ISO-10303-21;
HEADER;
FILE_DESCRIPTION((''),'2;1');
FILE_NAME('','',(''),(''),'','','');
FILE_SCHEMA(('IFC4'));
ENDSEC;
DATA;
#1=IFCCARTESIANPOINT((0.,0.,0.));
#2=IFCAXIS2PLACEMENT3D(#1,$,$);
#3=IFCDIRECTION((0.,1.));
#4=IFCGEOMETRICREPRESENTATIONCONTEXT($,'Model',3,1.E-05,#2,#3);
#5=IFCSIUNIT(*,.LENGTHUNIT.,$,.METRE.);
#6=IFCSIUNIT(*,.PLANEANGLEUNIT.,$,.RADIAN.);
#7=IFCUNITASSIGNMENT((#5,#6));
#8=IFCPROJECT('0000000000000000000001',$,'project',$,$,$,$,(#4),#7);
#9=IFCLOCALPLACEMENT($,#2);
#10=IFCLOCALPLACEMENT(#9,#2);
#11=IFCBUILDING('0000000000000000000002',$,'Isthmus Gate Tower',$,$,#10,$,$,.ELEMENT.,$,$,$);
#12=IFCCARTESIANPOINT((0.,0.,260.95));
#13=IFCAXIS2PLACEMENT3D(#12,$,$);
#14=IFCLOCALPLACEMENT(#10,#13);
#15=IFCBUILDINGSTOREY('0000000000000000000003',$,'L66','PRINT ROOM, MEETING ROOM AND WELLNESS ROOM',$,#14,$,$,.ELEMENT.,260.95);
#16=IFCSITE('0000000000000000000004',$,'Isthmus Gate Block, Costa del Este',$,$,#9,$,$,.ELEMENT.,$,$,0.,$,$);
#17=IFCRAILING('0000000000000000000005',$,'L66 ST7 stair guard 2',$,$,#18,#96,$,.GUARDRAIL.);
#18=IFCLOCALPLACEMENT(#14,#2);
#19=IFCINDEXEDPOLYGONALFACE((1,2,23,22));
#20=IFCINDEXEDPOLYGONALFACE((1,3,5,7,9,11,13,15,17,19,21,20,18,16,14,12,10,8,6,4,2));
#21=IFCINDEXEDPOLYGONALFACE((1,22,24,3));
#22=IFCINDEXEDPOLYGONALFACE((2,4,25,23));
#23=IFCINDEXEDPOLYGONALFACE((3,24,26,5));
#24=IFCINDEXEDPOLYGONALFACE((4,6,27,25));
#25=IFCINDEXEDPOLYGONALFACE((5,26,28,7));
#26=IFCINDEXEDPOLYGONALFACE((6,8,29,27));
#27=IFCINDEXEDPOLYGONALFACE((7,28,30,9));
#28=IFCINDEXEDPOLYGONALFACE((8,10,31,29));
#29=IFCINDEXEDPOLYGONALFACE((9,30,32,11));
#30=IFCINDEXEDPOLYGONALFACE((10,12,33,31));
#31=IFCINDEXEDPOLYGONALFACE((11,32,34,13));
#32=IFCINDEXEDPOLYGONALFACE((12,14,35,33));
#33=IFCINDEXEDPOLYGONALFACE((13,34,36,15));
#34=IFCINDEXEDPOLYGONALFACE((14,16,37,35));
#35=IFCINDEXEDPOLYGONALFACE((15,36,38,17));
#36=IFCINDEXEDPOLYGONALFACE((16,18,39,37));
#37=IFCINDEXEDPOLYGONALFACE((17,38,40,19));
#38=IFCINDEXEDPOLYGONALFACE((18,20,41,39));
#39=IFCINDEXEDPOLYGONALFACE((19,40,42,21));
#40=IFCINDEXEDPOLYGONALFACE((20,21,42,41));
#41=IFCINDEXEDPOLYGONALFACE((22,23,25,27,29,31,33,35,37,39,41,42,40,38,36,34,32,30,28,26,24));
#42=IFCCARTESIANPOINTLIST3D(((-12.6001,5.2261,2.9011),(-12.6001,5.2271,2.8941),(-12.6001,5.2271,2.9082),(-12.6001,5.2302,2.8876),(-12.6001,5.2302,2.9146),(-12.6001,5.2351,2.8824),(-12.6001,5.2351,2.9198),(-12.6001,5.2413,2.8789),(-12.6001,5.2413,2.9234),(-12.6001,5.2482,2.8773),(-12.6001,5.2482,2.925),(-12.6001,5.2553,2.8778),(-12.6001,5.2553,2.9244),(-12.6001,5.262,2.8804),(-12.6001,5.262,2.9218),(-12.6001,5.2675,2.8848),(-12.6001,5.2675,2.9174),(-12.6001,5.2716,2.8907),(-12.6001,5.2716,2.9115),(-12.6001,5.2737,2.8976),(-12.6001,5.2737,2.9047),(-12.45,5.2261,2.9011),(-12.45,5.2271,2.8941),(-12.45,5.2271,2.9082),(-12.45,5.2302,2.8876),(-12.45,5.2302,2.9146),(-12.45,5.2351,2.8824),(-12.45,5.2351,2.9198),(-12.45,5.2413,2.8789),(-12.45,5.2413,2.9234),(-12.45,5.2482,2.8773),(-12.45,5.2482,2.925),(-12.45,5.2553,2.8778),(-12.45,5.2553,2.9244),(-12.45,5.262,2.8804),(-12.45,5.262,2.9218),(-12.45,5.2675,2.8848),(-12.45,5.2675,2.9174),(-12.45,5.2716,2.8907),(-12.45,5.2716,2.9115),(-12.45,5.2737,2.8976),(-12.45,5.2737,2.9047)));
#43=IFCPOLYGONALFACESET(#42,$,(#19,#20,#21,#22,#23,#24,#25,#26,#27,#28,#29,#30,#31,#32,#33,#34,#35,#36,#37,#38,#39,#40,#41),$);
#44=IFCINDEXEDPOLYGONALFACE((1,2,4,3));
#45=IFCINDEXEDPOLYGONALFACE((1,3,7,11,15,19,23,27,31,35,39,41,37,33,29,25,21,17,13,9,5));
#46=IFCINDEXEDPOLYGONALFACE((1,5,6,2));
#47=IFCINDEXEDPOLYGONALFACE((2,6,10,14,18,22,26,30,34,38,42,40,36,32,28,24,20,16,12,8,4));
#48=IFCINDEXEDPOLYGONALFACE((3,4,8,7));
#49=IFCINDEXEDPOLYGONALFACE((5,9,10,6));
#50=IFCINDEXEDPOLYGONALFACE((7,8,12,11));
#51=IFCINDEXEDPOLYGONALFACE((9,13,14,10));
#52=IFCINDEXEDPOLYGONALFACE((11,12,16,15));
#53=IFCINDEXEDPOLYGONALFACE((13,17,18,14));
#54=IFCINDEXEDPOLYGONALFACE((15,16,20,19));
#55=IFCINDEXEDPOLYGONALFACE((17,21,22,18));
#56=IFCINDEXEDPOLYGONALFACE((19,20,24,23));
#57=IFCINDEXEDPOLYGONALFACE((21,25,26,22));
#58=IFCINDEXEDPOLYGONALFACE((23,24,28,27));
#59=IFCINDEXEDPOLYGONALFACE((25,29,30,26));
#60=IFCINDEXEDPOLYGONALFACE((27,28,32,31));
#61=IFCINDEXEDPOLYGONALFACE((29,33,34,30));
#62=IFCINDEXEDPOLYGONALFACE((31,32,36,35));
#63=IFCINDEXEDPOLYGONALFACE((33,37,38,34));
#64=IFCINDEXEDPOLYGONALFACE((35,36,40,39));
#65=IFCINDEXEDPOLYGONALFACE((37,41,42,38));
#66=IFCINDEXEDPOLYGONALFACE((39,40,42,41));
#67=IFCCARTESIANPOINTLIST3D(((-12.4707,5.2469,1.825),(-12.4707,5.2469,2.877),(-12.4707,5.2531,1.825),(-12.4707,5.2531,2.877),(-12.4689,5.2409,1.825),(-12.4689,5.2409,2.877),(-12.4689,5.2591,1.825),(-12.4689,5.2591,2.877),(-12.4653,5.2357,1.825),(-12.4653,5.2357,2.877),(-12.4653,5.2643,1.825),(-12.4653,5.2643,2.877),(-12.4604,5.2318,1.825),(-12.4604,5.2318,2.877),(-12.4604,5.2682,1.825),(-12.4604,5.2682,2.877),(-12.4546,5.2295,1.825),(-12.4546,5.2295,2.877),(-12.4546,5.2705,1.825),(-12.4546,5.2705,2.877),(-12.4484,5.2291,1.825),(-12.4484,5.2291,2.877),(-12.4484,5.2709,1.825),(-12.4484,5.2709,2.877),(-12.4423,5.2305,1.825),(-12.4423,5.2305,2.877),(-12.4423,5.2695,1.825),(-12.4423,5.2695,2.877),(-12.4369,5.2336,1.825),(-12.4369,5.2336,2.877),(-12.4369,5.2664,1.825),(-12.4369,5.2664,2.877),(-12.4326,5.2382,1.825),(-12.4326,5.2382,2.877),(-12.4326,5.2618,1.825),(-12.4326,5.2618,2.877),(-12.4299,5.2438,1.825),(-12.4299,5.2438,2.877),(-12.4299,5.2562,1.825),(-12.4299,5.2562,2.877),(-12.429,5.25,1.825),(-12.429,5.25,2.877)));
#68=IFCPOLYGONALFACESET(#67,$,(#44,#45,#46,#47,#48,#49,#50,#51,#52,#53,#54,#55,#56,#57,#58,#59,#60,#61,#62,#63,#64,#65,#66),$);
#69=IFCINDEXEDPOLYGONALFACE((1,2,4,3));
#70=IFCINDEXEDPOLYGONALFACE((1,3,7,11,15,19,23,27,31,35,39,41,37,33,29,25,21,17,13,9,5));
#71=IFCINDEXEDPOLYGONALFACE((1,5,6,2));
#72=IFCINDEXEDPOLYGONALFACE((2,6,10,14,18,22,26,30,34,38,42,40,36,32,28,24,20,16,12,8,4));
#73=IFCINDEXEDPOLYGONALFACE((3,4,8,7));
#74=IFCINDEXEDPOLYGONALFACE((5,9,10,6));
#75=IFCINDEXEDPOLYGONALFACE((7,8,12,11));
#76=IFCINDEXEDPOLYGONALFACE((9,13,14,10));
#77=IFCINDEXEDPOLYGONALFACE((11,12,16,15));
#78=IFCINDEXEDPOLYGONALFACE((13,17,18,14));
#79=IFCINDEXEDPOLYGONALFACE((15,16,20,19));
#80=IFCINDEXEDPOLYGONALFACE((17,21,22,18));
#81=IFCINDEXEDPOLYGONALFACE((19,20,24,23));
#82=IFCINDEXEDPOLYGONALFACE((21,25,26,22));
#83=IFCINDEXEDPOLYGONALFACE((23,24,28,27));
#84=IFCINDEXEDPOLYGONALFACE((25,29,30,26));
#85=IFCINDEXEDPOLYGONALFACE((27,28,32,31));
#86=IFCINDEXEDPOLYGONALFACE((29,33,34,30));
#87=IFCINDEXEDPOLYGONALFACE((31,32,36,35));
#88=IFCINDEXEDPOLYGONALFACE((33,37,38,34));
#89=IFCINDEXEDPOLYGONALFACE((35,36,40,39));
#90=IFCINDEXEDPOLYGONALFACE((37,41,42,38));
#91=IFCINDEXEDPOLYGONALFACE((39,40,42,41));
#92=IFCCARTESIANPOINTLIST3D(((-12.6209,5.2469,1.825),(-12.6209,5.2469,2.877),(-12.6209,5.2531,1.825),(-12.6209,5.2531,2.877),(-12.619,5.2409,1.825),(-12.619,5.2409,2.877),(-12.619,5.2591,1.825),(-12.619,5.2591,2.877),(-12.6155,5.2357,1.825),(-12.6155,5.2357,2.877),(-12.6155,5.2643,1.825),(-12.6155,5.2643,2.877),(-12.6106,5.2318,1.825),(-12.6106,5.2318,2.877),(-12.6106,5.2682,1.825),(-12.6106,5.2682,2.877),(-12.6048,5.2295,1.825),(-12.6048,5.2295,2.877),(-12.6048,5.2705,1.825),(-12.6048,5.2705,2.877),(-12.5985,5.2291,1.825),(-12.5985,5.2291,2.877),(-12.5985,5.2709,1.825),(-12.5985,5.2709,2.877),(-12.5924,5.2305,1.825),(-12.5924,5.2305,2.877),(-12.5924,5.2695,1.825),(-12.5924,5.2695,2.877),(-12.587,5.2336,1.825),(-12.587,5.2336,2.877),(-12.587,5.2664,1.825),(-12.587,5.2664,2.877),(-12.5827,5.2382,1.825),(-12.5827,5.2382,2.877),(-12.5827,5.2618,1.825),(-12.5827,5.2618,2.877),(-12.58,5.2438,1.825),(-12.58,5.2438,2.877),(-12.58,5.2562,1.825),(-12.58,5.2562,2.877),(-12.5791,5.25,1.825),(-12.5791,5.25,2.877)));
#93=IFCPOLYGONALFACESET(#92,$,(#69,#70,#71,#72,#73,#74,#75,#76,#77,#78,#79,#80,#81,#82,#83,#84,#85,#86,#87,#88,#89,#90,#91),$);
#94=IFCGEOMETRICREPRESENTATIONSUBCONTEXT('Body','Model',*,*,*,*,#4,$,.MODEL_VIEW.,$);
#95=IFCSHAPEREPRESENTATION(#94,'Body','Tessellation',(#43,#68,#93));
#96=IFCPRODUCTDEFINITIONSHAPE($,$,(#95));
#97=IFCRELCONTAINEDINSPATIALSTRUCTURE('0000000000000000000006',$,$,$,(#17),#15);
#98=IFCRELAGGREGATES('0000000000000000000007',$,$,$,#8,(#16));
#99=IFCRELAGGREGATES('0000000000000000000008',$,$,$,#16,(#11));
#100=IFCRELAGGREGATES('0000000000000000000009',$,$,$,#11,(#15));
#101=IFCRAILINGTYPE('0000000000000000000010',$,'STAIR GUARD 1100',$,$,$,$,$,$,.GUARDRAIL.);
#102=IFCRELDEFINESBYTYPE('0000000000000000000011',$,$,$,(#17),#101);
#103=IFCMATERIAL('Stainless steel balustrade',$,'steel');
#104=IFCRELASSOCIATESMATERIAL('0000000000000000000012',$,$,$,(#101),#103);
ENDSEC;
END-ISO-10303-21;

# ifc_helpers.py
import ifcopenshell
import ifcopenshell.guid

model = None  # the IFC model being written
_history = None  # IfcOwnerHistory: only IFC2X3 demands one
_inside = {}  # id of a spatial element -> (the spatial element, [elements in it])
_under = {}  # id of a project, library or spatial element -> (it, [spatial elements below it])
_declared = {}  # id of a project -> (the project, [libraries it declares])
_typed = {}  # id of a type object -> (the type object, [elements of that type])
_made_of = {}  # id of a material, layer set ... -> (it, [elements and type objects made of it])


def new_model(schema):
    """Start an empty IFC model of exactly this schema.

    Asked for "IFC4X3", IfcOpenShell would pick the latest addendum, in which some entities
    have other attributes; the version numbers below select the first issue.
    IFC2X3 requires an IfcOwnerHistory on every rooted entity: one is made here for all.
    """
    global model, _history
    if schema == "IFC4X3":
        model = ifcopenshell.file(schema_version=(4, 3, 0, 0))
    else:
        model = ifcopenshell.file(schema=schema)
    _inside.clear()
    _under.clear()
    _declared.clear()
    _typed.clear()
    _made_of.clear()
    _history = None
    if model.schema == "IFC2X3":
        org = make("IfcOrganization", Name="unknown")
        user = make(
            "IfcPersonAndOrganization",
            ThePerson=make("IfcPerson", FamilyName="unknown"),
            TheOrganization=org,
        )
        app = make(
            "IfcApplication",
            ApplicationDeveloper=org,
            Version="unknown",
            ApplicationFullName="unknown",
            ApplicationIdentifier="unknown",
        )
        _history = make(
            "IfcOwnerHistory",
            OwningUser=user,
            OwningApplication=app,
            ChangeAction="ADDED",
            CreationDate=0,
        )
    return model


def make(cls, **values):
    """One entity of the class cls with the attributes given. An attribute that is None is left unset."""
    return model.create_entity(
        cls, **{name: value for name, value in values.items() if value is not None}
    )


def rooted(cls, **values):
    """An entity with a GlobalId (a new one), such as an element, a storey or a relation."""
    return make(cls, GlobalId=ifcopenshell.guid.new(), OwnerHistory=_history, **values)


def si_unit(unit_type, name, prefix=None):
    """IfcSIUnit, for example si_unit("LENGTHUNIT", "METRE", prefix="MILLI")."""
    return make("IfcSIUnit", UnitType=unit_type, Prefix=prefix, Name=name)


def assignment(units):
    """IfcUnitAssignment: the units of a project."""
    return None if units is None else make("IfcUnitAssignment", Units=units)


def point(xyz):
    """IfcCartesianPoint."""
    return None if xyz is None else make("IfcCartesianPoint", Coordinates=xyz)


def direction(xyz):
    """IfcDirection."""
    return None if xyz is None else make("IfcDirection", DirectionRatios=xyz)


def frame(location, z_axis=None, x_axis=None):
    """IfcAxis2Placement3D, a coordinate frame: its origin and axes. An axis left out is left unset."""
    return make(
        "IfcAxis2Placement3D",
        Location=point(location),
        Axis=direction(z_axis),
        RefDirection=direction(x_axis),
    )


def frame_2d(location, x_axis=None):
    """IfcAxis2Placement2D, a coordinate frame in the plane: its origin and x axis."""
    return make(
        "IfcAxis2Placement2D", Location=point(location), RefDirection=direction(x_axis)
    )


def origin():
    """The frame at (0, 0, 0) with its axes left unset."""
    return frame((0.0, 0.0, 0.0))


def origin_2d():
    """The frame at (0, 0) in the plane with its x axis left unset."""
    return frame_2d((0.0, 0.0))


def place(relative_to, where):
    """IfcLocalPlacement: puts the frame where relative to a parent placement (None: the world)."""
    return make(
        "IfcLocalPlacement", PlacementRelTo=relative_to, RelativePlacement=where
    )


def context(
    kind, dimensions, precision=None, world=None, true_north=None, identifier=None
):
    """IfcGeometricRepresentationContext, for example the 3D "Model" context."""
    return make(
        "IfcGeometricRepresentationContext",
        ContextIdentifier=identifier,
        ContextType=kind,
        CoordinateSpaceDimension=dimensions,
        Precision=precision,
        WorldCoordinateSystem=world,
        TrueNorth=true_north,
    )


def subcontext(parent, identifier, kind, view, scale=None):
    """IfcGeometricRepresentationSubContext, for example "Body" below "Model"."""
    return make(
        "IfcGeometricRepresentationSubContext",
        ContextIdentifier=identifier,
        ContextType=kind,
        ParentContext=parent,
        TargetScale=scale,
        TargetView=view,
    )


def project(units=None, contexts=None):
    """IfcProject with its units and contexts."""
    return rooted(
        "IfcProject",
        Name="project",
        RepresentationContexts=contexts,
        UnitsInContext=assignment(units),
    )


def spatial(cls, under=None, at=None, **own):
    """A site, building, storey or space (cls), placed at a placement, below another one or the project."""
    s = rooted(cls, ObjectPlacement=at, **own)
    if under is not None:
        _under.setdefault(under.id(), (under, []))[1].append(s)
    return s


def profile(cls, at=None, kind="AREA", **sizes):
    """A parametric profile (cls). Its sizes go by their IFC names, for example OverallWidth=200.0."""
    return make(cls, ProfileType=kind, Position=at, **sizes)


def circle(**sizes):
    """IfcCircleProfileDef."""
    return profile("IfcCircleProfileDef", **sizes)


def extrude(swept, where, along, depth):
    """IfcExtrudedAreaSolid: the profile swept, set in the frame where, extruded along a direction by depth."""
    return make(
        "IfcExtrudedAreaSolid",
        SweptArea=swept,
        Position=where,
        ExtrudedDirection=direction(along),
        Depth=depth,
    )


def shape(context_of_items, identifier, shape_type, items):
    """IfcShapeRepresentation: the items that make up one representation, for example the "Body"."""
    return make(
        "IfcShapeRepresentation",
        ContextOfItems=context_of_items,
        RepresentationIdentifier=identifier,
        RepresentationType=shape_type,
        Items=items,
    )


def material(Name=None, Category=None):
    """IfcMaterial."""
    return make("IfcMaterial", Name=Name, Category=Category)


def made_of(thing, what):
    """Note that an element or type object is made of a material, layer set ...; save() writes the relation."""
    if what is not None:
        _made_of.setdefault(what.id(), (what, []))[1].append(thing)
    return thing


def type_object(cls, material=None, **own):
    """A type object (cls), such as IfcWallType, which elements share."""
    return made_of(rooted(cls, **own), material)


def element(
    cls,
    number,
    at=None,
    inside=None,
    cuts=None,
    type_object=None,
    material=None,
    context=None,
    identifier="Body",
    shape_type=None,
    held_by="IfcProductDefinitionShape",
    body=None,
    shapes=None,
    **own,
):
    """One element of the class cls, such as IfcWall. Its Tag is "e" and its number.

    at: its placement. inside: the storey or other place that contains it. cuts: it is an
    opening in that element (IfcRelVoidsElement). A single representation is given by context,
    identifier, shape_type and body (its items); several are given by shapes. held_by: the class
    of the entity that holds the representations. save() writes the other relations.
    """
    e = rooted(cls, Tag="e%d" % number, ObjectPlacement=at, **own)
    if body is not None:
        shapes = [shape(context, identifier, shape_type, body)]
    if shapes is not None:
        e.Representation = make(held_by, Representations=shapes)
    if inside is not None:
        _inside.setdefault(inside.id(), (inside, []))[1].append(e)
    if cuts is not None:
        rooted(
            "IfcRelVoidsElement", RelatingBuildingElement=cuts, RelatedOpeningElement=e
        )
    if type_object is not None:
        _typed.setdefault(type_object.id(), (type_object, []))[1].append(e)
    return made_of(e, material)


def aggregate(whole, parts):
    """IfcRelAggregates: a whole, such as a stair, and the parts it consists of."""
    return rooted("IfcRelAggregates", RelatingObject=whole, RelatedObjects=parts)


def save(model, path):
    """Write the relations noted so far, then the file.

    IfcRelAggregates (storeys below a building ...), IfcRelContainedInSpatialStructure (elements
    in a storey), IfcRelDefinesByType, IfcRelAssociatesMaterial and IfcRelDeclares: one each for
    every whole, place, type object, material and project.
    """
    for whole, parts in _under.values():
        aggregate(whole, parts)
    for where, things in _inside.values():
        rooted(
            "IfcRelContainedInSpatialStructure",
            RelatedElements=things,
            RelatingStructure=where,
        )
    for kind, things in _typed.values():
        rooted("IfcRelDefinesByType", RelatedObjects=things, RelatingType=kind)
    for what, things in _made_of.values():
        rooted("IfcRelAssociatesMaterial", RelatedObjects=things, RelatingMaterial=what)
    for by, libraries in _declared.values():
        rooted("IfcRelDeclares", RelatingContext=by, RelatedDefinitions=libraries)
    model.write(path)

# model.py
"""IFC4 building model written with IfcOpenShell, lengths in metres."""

from ifc_helpers import new_model, si_unit, direction, frame, origin, origin_2d, place, context, subcontext, project, spatial, circle, extrude, material, type_object, element, save


model = new_model("IFC4")

# Units and contexts
model_context = context("Model", 3, precision=1e-05, world=origin(), true_north=direction((0.0, 1.0)))
body_context = subcontext(model_context, "Body", "Model", "MODEL_VIEW")
ifc_project = project(units=[si_unit("LENGTHUNIT", "METRE"), si_unit("PLANEANGLEUNIT", "RADIAN")], contexts=[model_context])

# Site, building, storey
site_placement = place(None, origin())
site = spatial("IfcSite", under=ifc_project, at=site_placement, Name="Isthmus Gate Block, Costa del Este", CompositionType="ELEMENT", RefElevation=0.0)
building_placement = place(site_placement, origin())
building = spatial("IfcBuilding", under=site, at=building_placement, Name="Isthmus Gate Tower", CompositionType="ELEMENT")
storey_placement = place(building_placement, frame((0.0, 0.0, 260.95)))
storey = spatial("IfcBuildingStorey", under=building, at=storey_placement, Name="L66", Description="PRINT ROOM, MEETING ROOM AND WELLNESS ROOM", CompositionType="ELEMENT", Elevation=260.95)

# Railing
ifc_material_1 = material(Name="Stainless steel balustrade", Category="steel")
railing_type_1 = type_object("IfcRailingType", Name="STAIR GUARD 1100", PredefinedType="GUARDRAIL", material=ifc_material_1)
railing_1_placement = place(storey_placement, frame((-12.45, 5.25, 1.825)))
element("IfcRailing", 1, at=railing_1_placement, inside=storey, type_object=railing_type_1, Name="L66 ST7 stair guard 2", PredefinedType="GUARDRAIL", context=body_context, shape_type="SweptSolid", body=[
    extrude(circle(Radius=0.0239, at=origin_2d()), frame((0.0, 0.0, 1.0762), z_axis=(-1.0, 0.0, 0.0), x_axis=(0.0, -1.0, 0.0)), (0.0, 0.0, 1.0), 0.1501),
    extrude(circle(Radius=0.021, at=origin_2d()), origin(), (0.0, 0.0, 1.0), 1.052),
    extrude(circle(Radius=0.021, at=origin_2d()), frame((-0.1501, 0.0, 0.0)), (0.0, 0.0, 1.0), 1.052),
])

save(model, "model.ifc")
